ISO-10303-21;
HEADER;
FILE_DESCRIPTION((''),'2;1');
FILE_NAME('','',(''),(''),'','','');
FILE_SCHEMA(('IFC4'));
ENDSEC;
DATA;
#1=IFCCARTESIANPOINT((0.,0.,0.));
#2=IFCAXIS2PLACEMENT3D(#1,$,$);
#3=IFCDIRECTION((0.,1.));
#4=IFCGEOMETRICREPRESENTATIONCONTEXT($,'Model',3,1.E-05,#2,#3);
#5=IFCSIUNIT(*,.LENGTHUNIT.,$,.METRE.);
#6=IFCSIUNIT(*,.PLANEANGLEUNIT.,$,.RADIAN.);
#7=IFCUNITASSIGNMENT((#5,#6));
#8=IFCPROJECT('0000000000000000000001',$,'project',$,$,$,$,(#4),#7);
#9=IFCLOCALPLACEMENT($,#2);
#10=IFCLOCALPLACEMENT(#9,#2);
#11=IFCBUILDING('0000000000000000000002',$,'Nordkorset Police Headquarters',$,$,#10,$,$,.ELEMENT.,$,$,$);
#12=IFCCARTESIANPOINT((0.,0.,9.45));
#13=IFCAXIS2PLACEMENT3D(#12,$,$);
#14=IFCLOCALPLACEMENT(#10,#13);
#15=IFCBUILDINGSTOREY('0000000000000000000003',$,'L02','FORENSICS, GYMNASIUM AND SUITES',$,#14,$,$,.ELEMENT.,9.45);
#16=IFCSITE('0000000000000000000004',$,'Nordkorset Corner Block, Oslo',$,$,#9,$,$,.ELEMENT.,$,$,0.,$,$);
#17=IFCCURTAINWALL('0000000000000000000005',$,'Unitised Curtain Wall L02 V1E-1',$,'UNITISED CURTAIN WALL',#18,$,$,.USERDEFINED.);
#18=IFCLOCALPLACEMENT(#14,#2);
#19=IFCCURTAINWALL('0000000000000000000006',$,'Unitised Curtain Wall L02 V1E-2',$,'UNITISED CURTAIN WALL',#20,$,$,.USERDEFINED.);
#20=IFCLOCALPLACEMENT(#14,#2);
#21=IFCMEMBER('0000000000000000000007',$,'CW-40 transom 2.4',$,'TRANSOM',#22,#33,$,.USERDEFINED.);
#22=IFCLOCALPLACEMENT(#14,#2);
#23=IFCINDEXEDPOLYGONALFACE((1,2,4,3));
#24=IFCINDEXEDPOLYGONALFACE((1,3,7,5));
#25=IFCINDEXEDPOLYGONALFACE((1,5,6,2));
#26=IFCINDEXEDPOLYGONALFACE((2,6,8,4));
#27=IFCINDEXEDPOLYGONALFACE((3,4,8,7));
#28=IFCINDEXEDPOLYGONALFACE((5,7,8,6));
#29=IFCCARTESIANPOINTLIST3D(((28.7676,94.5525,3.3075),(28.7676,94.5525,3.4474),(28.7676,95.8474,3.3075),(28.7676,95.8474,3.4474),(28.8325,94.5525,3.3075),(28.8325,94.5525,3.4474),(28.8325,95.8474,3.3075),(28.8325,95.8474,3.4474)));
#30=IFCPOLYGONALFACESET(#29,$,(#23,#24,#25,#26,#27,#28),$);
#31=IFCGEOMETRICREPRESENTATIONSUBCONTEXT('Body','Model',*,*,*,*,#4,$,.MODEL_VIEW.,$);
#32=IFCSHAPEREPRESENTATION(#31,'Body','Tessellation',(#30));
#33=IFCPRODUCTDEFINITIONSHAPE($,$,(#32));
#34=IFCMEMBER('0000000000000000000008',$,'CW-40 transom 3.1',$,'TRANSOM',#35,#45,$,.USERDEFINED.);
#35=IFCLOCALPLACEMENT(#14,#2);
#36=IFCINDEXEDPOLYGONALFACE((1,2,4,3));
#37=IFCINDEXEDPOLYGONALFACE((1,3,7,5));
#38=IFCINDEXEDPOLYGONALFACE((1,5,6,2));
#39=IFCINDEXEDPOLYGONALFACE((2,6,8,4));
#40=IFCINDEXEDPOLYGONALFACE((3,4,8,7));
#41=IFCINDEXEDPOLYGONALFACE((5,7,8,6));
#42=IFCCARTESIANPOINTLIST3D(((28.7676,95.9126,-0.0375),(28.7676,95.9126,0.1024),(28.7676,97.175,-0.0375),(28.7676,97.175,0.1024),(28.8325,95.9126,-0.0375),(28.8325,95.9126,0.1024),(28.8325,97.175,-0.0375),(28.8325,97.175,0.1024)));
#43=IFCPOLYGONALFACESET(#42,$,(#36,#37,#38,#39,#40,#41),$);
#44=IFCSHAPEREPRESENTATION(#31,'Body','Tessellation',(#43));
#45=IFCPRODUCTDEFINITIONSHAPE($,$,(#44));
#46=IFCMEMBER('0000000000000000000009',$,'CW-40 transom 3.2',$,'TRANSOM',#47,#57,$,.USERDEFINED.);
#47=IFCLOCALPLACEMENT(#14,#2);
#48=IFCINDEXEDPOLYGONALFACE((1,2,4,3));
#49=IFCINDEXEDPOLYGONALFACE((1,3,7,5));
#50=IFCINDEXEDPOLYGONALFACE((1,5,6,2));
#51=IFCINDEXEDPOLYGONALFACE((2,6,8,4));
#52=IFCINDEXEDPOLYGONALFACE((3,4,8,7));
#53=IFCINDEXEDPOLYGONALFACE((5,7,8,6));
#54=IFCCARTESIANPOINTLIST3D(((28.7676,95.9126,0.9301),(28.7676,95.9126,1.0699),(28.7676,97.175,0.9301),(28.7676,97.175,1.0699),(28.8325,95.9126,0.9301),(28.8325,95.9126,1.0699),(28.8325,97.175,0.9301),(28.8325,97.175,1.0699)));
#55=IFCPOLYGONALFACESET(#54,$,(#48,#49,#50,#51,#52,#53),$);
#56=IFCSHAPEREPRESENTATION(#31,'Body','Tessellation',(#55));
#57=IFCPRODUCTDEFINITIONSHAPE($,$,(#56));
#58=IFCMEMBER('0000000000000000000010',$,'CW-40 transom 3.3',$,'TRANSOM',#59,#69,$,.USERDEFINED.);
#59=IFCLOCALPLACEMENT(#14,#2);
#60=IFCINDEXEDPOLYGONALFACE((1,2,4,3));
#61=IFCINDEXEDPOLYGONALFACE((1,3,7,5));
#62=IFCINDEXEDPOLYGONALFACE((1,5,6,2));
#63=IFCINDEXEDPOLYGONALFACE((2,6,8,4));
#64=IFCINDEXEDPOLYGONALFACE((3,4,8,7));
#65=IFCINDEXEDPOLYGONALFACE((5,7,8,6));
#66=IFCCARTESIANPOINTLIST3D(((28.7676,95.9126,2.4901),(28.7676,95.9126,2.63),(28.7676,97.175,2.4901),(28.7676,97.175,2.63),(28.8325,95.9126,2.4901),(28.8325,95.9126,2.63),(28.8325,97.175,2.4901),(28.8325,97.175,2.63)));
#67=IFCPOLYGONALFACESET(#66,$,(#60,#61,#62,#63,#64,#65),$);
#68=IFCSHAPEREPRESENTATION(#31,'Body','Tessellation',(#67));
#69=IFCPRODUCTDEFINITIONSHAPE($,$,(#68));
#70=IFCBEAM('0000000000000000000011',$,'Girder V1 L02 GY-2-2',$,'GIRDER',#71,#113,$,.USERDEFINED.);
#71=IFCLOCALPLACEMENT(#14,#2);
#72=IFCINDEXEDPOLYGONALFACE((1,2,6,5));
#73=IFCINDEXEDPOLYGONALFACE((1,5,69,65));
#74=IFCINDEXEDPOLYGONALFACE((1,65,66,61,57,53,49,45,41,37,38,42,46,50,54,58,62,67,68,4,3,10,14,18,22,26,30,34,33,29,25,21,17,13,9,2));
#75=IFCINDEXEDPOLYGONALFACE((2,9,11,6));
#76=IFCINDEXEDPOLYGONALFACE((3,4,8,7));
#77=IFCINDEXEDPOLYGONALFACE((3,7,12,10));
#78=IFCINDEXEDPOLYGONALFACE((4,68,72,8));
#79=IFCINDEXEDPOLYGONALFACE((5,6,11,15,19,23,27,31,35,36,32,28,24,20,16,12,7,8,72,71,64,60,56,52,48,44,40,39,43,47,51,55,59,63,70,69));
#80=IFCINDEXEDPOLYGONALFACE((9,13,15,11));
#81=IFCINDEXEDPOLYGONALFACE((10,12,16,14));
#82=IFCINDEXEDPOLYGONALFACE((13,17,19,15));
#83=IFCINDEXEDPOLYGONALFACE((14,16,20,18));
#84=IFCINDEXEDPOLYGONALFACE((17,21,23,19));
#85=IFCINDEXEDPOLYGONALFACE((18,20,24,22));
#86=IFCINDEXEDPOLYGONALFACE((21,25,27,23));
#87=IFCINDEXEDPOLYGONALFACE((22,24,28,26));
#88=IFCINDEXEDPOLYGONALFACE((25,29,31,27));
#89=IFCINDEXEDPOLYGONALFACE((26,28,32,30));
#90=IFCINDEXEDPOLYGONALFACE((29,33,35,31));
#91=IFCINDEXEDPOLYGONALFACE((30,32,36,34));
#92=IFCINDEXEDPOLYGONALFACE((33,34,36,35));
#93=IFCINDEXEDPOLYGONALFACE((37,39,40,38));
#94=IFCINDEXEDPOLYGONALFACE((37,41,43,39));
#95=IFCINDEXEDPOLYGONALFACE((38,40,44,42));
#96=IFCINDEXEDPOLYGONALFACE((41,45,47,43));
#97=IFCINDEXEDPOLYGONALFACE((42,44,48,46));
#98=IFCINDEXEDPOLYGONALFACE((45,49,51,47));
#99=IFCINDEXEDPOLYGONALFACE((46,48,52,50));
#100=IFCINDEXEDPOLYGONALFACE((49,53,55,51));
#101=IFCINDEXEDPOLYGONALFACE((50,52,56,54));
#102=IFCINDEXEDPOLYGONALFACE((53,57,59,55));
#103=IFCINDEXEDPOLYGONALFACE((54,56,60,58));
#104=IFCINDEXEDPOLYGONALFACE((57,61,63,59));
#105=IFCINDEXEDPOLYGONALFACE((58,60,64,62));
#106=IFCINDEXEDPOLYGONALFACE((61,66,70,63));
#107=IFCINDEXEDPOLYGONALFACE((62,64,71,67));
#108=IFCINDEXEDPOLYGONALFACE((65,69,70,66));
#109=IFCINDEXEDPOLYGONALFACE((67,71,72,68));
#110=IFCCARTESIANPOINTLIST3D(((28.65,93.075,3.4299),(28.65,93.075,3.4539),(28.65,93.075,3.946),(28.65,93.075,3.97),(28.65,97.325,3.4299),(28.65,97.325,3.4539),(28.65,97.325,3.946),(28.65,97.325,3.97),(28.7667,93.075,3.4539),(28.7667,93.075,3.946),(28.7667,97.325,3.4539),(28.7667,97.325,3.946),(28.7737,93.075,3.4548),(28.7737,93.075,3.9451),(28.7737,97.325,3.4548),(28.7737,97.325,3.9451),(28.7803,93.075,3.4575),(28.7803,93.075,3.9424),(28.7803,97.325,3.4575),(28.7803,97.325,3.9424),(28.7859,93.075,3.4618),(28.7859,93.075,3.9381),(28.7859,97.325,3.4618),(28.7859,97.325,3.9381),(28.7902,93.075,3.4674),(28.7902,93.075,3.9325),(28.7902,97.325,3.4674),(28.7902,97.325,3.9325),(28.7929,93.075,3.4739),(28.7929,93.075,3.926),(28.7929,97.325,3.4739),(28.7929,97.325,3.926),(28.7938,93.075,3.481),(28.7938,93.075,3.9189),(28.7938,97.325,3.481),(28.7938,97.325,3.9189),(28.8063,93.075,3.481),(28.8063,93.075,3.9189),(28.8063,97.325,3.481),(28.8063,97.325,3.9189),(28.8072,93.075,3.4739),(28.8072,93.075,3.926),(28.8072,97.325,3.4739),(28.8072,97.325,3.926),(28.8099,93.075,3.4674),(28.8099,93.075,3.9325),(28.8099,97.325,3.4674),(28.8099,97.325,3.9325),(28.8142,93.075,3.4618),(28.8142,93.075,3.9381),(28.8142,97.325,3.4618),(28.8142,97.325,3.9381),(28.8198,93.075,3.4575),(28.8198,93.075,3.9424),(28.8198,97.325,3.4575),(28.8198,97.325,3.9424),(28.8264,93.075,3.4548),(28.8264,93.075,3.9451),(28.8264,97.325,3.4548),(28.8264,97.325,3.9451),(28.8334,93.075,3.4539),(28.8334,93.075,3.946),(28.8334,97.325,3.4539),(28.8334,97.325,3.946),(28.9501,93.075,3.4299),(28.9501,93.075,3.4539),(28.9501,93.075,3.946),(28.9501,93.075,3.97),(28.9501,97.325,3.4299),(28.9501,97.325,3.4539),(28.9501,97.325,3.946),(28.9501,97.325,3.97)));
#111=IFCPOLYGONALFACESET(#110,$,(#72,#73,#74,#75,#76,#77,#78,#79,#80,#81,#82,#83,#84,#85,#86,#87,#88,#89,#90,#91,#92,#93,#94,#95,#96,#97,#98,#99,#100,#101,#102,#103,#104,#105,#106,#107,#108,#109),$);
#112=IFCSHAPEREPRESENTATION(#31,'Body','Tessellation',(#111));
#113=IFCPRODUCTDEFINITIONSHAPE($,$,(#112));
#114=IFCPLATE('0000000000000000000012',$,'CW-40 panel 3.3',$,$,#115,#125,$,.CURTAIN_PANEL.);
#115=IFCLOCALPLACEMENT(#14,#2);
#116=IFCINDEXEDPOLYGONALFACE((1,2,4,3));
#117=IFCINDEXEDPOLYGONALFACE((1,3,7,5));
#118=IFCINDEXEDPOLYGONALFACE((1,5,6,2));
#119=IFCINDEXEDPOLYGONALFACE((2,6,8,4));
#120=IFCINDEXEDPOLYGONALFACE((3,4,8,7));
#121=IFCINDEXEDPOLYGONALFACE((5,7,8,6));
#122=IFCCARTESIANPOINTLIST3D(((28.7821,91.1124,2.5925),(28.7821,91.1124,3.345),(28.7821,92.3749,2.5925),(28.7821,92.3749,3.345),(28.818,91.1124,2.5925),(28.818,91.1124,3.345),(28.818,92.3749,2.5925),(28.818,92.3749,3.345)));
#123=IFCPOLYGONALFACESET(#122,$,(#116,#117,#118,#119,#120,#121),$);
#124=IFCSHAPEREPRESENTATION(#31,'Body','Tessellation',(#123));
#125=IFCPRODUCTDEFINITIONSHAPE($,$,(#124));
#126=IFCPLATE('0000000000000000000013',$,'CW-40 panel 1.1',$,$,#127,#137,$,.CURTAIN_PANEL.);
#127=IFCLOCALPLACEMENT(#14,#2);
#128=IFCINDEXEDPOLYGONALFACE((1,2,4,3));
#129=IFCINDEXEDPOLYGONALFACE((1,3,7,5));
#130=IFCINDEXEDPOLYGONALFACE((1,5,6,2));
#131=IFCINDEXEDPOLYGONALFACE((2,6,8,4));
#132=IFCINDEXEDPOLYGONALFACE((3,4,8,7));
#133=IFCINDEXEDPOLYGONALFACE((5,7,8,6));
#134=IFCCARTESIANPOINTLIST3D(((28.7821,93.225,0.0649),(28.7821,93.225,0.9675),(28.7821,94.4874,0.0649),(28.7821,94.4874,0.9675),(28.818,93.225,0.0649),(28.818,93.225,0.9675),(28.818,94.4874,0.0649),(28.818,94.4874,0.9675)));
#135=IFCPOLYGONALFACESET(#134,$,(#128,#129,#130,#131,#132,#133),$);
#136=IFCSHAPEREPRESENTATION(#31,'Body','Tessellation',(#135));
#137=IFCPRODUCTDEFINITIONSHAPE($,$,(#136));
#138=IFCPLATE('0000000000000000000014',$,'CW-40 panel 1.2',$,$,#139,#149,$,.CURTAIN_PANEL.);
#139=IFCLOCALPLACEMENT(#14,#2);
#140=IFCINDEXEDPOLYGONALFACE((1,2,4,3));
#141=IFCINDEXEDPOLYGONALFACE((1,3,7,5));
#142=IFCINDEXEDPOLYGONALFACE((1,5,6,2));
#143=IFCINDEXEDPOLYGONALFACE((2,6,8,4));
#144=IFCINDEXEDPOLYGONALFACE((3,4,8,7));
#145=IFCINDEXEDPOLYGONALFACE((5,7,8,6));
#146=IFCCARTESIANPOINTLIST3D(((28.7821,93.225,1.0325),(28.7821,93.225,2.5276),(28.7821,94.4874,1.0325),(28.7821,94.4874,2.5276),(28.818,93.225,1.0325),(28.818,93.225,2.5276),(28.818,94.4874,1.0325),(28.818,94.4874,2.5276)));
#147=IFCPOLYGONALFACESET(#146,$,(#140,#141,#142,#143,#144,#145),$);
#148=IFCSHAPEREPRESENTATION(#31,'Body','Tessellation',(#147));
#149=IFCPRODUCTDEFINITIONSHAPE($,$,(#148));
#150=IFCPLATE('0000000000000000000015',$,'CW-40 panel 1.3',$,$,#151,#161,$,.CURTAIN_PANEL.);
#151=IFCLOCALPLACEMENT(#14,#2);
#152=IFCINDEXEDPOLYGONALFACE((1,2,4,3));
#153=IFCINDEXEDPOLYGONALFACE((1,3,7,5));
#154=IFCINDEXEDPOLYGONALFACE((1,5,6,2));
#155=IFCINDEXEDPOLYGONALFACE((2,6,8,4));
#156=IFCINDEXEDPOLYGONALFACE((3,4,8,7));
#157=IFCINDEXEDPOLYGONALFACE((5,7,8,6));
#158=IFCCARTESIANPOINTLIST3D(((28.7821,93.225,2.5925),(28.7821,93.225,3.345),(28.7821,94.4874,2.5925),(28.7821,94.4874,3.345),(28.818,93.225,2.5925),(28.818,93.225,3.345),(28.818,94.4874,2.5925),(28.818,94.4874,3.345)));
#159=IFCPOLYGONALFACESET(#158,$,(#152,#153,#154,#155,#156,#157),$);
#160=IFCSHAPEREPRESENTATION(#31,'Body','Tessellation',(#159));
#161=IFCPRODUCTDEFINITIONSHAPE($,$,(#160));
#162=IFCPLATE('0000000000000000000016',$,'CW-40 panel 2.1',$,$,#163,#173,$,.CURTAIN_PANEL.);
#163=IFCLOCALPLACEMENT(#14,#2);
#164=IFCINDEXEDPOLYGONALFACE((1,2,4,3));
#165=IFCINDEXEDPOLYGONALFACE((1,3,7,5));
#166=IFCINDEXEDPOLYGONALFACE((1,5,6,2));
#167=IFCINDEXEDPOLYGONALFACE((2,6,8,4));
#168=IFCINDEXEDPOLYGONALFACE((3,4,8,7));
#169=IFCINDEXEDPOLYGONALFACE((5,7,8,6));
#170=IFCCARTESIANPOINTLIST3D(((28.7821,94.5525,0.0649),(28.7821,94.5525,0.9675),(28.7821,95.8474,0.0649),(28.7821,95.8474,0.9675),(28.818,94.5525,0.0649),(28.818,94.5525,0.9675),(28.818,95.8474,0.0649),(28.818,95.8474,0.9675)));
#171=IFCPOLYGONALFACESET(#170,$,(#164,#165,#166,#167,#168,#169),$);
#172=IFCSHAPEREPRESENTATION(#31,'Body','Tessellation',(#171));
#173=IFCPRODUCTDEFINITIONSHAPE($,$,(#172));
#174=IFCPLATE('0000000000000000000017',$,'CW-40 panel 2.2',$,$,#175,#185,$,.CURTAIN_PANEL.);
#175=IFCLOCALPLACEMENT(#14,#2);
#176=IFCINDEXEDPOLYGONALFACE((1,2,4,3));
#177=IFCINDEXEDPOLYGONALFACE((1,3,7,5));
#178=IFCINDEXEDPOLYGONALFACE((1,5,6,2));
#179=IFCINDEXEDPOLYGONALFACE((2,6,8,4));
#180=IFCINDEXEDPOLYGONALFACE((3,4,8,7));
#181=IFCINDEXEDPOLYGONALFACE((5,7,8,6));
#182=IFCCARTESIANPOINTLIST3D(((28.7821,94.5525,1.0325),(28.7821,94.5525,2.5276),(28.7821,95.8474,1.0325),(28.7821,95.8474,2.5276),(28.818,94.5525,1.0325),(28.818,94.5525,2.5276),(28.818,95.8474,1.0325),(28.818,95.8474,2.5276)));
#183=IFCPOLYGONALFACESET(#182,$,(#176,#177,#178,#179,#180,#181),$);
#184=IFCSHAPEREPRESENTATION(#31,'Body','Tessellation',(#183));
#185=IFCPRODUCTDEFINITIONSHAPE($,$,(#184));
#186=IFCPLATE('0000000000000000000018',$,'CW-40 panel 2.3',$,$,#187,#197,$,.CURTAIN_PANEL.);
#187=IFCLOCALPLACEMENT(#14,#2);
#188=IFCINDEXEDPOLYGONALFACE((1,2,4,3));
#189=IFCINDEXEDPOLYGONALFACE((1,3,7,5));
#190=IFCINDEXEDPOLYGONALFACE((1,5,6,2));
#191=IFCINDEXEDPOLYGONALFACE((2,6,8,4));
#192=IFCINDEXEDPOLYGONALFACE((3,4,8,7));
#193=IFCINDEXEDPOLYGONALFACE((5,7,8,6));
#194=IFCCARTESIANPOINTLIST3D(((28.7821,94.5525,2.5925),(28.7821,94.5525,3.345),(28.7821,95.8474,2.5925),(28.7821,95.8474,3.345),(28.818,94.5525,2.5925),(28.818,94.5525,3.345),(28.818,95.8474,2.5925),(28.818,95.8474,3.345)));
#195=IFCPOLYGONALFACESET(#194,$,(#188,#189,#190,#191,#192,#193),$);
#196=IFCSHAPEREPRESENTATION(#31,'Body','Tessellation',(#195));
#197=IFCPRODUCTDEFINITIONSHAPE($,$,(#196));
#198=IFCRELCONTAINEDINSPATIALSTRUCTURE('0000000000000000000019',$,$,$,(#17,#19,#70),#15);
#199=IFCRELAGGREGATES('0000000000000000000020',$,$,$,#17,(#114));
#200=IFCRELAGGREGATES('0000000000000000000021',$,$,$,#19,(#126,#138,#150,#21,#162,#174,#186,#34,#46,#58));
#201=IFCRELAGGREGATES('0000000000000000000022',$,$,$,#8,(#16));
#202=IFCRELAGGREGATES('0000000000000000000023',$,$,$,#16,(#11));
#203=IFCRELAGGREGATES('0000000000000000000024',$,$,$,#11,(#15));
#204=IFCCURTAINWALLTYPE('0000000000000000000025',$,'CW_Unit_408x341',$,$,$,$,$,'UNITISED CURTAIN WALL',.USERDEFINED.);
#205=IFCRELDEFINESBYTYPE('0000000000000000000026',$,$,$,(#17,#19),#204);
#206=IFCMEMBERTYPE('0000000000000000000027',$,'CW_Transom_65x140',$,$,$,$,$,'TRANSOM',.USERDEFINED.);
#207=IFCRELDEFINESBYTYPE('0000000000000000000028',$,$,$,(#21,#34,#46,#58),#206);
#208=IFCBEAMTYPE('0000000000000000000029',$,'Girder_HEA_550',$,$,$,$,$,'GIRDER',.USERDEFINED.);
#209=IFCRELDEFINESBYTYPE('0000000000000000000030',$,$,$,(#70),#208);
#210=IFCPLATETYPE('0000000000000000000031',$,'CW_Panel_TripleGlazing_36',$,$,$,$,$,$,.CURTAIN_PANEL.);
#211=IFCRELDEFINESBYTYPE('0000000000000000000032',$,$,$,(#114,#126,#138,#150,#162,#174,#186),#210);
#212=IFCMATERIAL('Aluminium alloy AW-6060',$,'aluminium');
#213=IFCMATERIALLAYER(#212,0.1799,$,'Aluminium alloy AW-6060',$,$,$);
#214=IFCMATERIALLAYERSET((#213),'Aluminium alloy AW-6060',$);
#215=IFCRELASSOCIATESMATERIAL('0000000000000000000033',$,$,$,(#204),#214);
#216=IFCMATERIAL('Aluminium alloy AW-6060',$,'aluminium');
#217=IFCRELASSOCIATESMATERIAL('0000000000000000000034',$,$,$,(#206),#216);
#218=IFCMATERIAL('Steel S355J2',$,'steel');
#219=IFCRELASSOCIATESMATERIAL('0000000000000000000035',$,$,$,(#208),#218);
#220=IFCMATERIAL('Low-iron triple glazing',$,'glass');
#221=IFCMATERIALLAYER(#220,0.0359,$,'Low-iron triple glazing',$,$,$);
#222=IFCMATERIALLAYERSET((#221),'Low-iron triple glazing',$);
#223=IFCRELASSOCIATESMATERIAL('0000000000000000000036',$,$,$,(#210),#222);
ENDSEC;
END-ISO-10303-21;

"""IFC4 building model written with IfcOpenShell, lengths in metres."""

from ifc_helpers import new_model, si_unit, direction, frame, origin, origin_2d, place, context, subcontext, project, spatial, rectangle, i_section, extrude, material, layer, layer_set, material_profile, profile_set, type_object, element, aggregate, save


model = new_model("IFC4")

# Units and contexts
model_context = context("Model", 3, precision=1e-05, world=origin(), true_north=direction((0.0, 1.0)))
body_context = subcontext(model_context, "Body", "Model", "MODEL_VIEW")
ifc_project = project(units=[si_unit("LENGTHUNIT", "METRE"), si_unit("PLANEANGLEUNIT", "RADIAN")], contexts=[model_context])

# Site, building, storey
site_placement = place(None, origin())
site = spatial("IfcSite", under=ifc_project, at=site_placement, Name="Nordkorset Corner Block, Oslo", CompositionType="ELEMENT", RefElevation=0.0)
building_placement = place(site_placement, origin())
building = spatial("IfcBuilding", under=site, at=building_placement, Name="Nordkorset Police Headquarters", CompositionType="ELEMENT")
storey_placement = place(building_placement, frame((0.0, 0.0, 9.45)))
storey = spatial("IfcBuildingStorey", under=building, at=storey_placement, Name="L02", Description="FORENSICS, GYMNASIUM AND SUITES", CompositionType="ELEMENT", Elevation=9.45)

# Curtain wall
ifc_material_1 = material(Name="Aluminium alloy AW-6060", Category="aluminium")
ifc_layer_1 = layer(ifc_material_1, 0.1799, Name="Aluminium alloy AW-6060")
ifc_layer_set_1 = layer_set([ifc_layer_1], Name="Aluminium alloy AW-6060")
curtain_wall_type = type_object("IfcCurtainWallType", Name="CW_Unit_408x341", ElementType="UNITISED CURTAIN WALL", PredefinedType="USERDEFINED", material=ifc_layer_set_1)
curtain_wall_1_placement = place(storey_placement, origin())
curtain_wall_1 = element("IfcCurtainWall", 1, at=curtain_wall_1_placement, inside=storey, type_object=curtain_wall_type, Name="Unitised Curtain Wall L02 V1E-1", ObjectType="UNITISED CURTAIN WALL", PredefinedType="USERDEFINED")

# Curtain wall, members
curtain_wall_2_placement = place(storey_placement, origin())
curtain_wall_2 = element("IfcCurtainWall", 2, at=curtain_wall_2_placement, inside=storey, type_object=curtain_wall_type, Name="Unitised Curtain Wall L02 V1E-2", ObjectType="UNITISED CURTAIN WALL", PredefinedType="USERDEFINED")
ifc_material_2 = material(Name="Aluminium alloy AW-6060", Category="aluminium")
ifc_material_profile_1 = material_profile(ifc_material_2, rectangle(XDim=0.0649, YDim=0.1399, at=origin_2d()), Name="ALU TRAN 65x140")
ifc_profile_set_1 = profile_set([ifc_material_profile_1], Name="Aluminium alloy AW-6060")
member_type_1 = type_object("IfcMemberType", Name="CW_Transom_65x140", ElementType="TRANSOM", PredefinedType="USERDEFINED", material=ifc_profile_set_1)
member_1_placement = place(storey_placement, frame((28.8, 94.5525, 3.3774), z_axis=(0.0, 1.0, 0.0), x_axis=(-1.0, 0.0, 0.0)))
member_1 = element("IfcMember", 3, at=member_1_placement, type_object=member_type_1, Name="CW-40 transom 2.4", ObjectType="TRANSOM", PredefinedType="USERDEFINED", context=body_context, shape_type="SweptSolid", body=[
    extrude(rectangle(XDim=0.0649, YDim=0.1399, at=origin_2d()), origin(), (0.0, 0.0, 1.0), 1.2949),
])
member_2_placement = place(storey_placement, frame((28.8, 95.9126, 0.0325), z_axis=(0.0, 1.0, 0.0), x_axis=(-1.0, 0.0, 0.0)))
member_2 = element("IfcMember", 4, at=member_2_placement, type_object=member_type_1, Name="CW-40 transom 3.1", ObjectType="TRANSOM", PredefinedType="USERDEFINED", context=body_context, shape_type="SweptSolid", body=[
    extrude(rectangle(XDim=0.0649, YDim=0.1399, at=origin_2d()), origin(), (0.0, 0.0, 1.0), 1.2625),
])
member_3_placement = place(storey_placement, frame((28.8, 95.9126, 1.0), z_axis=(0.0, 1.0, 0.0), x_axis=(-1.0, 0.0, 0.0)))
member_3 = element("IfcMember", 5, at=member_3_placement, type_object=member_type_1, Name="CW-40 transom 3.2", ObjectType="TRANSOM", PredefinedType="USERDEFINED", context=body_context, shape_type="SweptSolid", body=[
    extrude(rectangle(XDim=0.0649, YDim=0.1399, at=origin_2d()), origin(), (0.0, 0.0, 1.0), 1.2625),
])
member_4_placement = place(storey_placement, frame((28.8, 95.9126, 2.5601), z_axis=(0.0, 1.0, 0.0), x_axis=(-1.0, 0.0, 0.0)))
member_4 = element("IfcMember", 6, at=member_4_placement, type_object=member_type_1, Name="CW-40 transom 3.3", ObjectType="TRANSOM", PredefinedType="USERDEFINED", context=body_context, shape_type="SweptSolid", body=[
    extrude(rectangle(XDim=0.0649, YDim=0.1399, at=origin_2d()), origin(), (0.0, 0.0, 1.0), 1.2625),
])

# Beam
ifc_material_3 = material(Name="Steel S355J2", Category="steel")
ifc_material_profile_2 = material_profile(ifc_material_3, i_section(OverallWidth=0.3, OverallDepth=0.54, WebThickness=0.0125, FlangeThickness=0.0239, FilletRadius=0.0271, at=origin_2d()), Name="HEA 550")
ifc_profile_set_2 = profile_set([ifc_material_profile_2], Name="Steel S355J2")
beam_type = type_object("IfcBeamType", Name="Girder_HEA_550", ElementType="GIRDER", PredefinedType="USERDEFINED", material=ifc_profile_set_2)
beam_placement = place(storey_placement, frame((28.8, 93.075, 3.7), z_axis=(0.0, 1.0, 0.0), x_axis=(-1.0, 0.0, 0.0)))
element("IfcBeam", 7, at=beam_placement, inside=storey, type_object=beam_type, Name="Girder V1 L02 GY-2-2", ObjectType="GIRDER", PredefinedType="USERDEFINED", context=body_context, shape_type="SweptSolid", body=[
    extrude(i_section(OverallWidth=0.3, OverallDepth=0.54, WebThickness=0.0125, FlangeThickness=0.0239, FilletRadius=0.0271, at=origin_2d()), origin(), (0.0, 0.0, 1.0), 4.25),
])

# Plates
ifc_material_4 = material(Name="Low-iron triple glazing", Category="glass")
ifc_layer_2 = layer(ifc_material_4, 0.0359, Name="Low-iron triple glazing")
ifc_layer_set_2 = layer_set([ifc_layer_2], Name="Low-iron triple glazing")
plate_type = type_object("IfcPlateType", Name="CW_Panel_TripleGlazing_36", PredefinedType="CURTAIN_PANEL", material=ifc_layer_set_2)
plate_1_placement = place(storey_placement, frame((28.8, 91.7437, 2.5925), z_axis=(0.0, 0.0, 1.0), x_axis=(0.0, 1.0, 0.0)))
plate_1 = element("IfcPlate", 8, at=plate_1_placement, type_object=plate_type, Name="CW-40 panel 3.3", PredefinedType="CURTAIN_PANEL", context=body_context, shape_type="SweptSolid", body=[
    extrude(rectangle(XDim=1.2625, YDim=0.0359, at=origin_2d()), origin(), (0.0, 0.0, 1.0), 0.7524),
])
aggregate(curtain_wall_1, [plate_1])
plate_2_placement = place(storey_placement, frame((28.8, 93.8562, 0.0649), z_axis=(0.0, 0.0, 1.0), x_axis=(0.0, 1.0, 0.0)))
plate_2 = element("IfcPlate", 9, at=plate_2_placement, type_object=plate_type, Name="CW-40 panel 1.1", PredefinedType="CURTAIN_PANEL", context=body_context, shape_type="SweptSolid", body=[
    extrude(rectangle(XDim=1.2625, YDim=0.0359, at=origin_2d()), origin(), (0.0, 0.0, 1.0), 0.9026),
])
plate_3_placement = place(storey_placement, frame((28.8, 93.8562, 1.0325), z_axis=(0.0, 0.0, 1.0), x_axis=(0.0, 1.0, 0.0)))
plate_3 = element("IfcPlate", 10, at=plate_3_placement, type_object=plate_type, Name="CW-40 panel 1.2", PredefinedType="CURTAIN_PANEL", context=body_context, shape_type="SweptSolid", body=[
    extrude(rectangle(XDim=1.2625, YDim=0.0359, at=origin_2d()), origin(), (0.0, 0.0, 1.0), 1.4951),
])
plate_4_placement = place(storey_placement, frame((28.8, 93.8562, 2.5925), z_axis=(0.0, 0.0, 1.0), x_axis=(0.0, 1.0, 0.0)))
plate_4 = element("IfcPlate", 11, at=plate_4_placement, type_object=plate_type, Name="CW-40 panel 1.3", PredefinedType="CURTAIN_PANEL", context=body_context, shape_type="SweptSolid", body=[
    extrude(rectangle(XDim=1.2625, YDim=0.0359, at=origin_2d()), origin(), (0.0, 0.0, 1.0), 0.7524),
])
plate_5_placement = place(storey_placement, frame((28.8, 95.2, 0.0649), z_axis=(0.0, 0.0, 1.0), x_axis=(0.0, 1.0, 0.0)))
plate_5 = element("IfcPlate", 12, at=plate_5_placement, type_object=plate_type, Name="CW-40 panel 2.1", PredefinedType="CURTAIN_PANEL", context=body_context, shape_type="SweptSolid", body=[
    extrude(rectangle(XDim=1.2949, YDim=0.0359, at=origin_2d()), origin(), (0.0, 0.0, 1.0), 0.9026),
])
plate_6_placement = place(storey_placement, frame((28.8, 95.2, 1.0325), z_axis=(0.0, 0.0, 1.0), x_axis=(0.0, 1.0, 0.0)))
plate_6 = element("IfcPlate", 13, at=plate_6_placement, type_object=plate_type, Name="CW-40 panel 2.2", PredefinedType="CURTAIN_PANEL", context=body_context, shape_type="SweptSolid", body=[
    extrude(rectangle(XDim=1.2949, YDim=0.0359, at=origin_2d()), origin(), (0.0, 0.0, 1.0), 1.4951),
])
plate_7_placement = place(storey_placement, frame((28.8, 95.2, 2.5925), z_axis=(0.0, 0.0, 1.0), x_axis=(0.0, 1.0, 0.0)))
plate_7 = element("IfcPlate", 14, at=plate_7_placement, type_object=plate_type, Name="CW-40 panel 2.3", PredefinedType="CURTAIN_PANEL", context=body_context, shape_type="SweptSolid", body=[
    extrude(rectangle(XDim=1.2949, YDim=0.0359, at=origin_2d()), origin(), (0.0, 0.0, 1.0), 0.7524),
])
aggregate(curtain_wall_2, [plate_2, plate_3, plate_4, member_1, plate_5, plate_6, plate_7, member_2, member_3, member_4])

save(model, "model.ifc")
